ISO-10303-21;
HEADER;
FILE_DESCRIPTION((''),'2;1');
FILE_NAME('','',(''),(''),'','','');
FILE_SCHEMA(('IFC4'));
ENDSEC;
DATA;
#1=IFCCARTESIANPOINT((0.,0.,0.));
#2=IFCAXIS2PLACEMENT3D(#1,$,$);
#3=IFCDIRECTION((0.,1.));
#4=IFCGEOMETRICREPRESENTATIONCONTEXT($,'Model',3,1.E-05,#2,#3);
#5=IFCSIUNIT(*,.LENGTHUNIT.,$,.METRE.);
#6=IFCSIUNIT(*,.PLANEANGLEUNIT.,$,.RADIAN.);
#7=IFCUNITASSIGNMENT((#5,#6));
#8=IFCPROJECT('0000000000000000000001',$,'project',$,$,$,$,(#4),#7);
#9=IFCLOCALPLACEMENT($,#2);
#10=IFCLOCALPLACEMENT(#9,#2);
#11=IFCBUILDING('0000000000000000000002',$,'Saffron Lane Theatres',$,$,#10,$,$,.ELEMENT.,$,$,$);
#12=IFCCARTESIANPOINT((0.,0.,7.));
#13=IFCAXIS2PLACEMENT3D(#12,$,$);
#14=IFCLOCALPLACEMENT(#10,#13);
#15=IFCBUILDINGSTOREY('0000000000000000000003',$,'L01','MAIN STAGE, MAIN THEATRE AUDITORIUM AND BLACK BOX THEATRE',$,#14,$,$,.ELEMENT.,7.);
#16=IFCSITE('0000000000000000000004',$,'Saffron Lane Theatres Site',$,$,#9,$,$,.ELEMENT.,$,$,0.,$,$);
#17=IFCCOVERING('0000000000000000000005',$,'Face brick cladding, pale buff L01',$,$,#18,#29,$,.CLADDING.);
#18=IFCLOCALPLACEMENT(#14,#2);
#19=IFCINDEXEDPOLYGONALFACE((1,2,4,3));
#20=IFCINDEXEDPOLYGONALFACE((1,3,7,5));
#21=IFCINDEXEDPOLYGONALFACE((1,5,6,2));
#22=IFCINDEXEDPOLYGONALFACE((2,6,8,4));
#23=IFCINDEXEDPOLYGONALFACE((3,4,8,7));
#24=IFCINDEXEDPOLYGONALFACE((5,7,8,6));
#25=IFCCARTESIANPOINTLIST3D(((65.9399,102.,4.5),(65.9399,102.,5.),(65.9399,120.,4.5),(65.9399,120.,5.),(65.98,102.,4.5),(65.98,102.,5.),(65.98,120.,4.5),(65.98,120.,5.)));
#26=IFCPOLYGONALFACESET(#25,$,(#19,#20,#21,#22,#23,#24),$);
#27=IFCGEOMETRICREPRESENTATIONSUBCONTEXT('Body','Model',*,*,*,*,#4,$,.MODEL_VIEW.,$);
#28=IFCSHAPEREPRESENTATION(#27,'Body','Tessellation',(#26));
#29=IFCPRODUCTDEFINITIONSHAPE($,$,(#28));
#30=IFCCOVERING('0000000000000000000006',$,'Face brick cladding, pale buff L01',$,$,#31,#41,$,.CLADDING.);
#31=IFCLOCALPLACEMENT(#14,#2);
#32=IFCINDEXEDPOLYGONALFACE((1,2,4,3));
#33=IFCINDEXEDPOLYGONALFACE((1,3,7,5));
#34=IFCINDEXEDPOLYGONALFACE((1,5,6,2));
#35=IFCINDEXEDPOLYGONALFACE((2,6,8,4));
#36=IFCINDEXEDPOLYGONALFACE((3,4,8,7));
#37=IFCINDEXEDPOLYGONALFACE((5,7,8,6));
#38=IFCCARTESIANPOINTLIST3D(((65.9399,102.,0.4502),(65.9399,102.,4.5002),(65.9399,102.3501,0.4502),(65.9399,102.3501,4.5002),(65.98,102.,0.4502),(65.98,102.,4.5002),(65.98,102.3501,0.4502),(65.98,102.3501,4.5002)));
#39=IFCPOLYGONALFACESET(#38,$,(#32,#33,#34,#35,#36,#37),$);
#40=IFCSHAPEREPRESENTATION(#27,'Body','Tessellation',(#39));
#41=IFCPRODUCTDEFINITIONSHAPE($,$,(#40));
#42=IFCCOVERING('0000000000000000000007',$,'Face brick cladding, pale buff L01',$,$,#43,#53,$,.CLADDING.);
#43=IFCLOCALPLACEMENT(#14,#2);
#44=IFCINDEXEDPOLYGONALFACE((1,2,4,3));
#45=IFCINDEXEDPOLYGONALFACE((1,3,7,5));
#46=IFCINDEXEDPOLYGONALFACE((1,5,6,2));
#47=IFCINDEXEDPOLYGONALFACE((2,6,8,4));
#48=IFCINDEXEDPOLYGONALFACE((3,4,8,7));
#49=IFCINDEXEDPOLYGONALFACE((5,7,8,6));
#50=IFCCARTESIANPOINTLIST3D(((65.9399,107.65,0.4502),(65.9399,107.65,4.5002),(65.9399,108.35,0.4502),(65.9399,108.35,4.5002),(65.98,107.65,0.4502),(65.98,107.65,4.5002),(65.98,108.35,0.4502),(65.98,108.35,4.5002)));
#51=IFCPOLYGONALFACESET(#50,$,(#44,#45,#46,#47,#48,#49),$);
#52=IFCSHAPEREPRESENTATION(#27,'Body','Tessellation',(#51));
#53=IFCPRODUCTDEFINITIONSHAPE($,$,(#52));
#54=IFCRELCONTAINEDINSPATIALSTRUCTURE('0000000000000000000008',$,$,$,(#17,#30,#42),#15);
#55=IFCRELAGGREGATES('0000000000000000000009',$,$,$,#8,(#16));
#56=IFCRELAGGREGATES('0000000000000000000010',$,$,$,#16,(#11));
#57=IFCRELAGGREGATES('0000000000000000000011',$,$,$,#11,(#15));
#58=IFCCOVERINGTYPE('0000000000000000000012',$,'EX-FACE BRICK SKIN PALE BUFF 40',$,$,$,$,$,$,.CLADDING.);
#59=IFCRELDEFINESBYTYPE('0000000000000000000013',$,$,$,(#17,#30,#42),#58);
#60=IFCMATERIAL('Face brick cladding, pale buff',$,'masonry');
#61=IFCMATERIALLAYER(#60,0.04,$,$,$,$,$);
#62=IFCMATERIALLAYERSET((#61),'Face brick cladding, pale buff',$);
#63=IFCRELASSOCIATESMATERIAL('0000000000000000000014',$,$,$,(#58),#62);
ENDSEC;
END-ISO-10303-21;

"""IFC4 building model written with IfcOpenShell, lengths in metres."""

from ifc_helpers import new_model, si_unit, direction, frame, origin, origin_2d, place, context, subcontext, project, spatial, rectangle, extrude, material, layer, layer_set, type_object, element, save


model = new_model("IFC4")

# Units and contexts
model_context = context("Model", 3, precision=1e-05, world=origin(), true_north=direction((0.0, 1.0)))
body_context = subcontext(model_context, "Body", "Model", "MODEL_VIEW")
ifc_project = project(units=[si_unit("LENGTHUNIT", "METRE"), si_unit("PLANEANGLEUNIT", "RADIAN")], contexts=[model_context])

# Site, building, storey
site_placement = place(None, origin())
site = spatial("IfcSite", under=ifc_project, at=site_placement, Name="Saffron Lane Theatres Site", CompositionType="ELEMENT", RefElevation=0.0)
building_placement = place(site_placement, origin())
building = spatial("IfcBuilding", under=site, at=building_placement, Name="Saffron Lane Theatres", CompositionType="ELEMENT")
storey_placement = place(building_placement, frame((0.0, 0.0, 7.0)))
storey = spatial("IfcBuildingStorey", under=building, at=storey_placement, Name="L01", Description="MAIN STAGE, MAIN THEATRE AUDITORIUM AND BLACK BOX THEATRE", CompositionType="ELEMENT", Elevation=7.0)

# Coverings
ifc_material_1 = material(Name="Face brick cladding, pale buff", Category="masonry")
ifc_layer_1 = layer(ifc_material_1, 0.04)
ifc_layer_set_1 = layer_set([ifc_layer_1], Name="Face brick cladding, pale buff")
covering_type_1 = type_object("IfcCoveringType", Name="EX-FACE BRICK SKIN PALE BUFF 40", PredefinedType="CLADDING", material=ifc_layer_set_1)
covering_1_placement = place(storey_placement, frame((65.96, 111.0, 4.5), z_axis=(0.0, 0.0, 1.0), x_axis=(0.0, 1.0, 0.0)))
element("IfcCovering", 1, at=covering_1_placement, inside=storey, type_object=covering_type_1, Name="Face brick cladding, pale buff L01", PredefinedType="CLADDING", context=body_context, shape_type="SweptSolid", body=[
    extrude(rectangle(XDim=18.0, YDim=0.04, at=origin_2d()), origin(), (0.0, 0.0, 1.0), 0.5),
])
covering_2_placement = place(storey_placement, frame((65.96, 102.175, 0.4502), z_axis=(0.0, 0.0, 1.0), x_axis=(0.0, 1.0, 0.0)))
element("IfcCovering", 2, at=covering_2_placement, inside=storey, type_object=covering_type_1, Name="Face brick cladding, pale buff L01", PredefinedType="CLADDING", context=body_context, shape_type="SweptSolid", body=[
    extrude(rectangle(XDim=0.3501, YDim=0.04, at=origin_2d()), origin(), (0.0, 0.0, 1.0), 4.05),
])
covering_3_placement = place(storey_placement, frame((65.96, 108.0, 0.4502), z_axis=(0.0, 0.0, 1.0), x_axis=(0.0, 1.0, 0.0)))
element("IfcCovering", 3, at=covering_3_placement, inside=storey, type_object=covering_type_1, Name="Face brick cladding, pale buff L01", PredefinedType="CLADDING", context=body_context, shape_type="SweptSolid", body=[
    extrude(rectangle(XDim=0.7, YDim=0.04, at=origin_2d()), origin(), (0.0, 0.0, 1.0), 4.05),
])

save(model, "model.ifc")
